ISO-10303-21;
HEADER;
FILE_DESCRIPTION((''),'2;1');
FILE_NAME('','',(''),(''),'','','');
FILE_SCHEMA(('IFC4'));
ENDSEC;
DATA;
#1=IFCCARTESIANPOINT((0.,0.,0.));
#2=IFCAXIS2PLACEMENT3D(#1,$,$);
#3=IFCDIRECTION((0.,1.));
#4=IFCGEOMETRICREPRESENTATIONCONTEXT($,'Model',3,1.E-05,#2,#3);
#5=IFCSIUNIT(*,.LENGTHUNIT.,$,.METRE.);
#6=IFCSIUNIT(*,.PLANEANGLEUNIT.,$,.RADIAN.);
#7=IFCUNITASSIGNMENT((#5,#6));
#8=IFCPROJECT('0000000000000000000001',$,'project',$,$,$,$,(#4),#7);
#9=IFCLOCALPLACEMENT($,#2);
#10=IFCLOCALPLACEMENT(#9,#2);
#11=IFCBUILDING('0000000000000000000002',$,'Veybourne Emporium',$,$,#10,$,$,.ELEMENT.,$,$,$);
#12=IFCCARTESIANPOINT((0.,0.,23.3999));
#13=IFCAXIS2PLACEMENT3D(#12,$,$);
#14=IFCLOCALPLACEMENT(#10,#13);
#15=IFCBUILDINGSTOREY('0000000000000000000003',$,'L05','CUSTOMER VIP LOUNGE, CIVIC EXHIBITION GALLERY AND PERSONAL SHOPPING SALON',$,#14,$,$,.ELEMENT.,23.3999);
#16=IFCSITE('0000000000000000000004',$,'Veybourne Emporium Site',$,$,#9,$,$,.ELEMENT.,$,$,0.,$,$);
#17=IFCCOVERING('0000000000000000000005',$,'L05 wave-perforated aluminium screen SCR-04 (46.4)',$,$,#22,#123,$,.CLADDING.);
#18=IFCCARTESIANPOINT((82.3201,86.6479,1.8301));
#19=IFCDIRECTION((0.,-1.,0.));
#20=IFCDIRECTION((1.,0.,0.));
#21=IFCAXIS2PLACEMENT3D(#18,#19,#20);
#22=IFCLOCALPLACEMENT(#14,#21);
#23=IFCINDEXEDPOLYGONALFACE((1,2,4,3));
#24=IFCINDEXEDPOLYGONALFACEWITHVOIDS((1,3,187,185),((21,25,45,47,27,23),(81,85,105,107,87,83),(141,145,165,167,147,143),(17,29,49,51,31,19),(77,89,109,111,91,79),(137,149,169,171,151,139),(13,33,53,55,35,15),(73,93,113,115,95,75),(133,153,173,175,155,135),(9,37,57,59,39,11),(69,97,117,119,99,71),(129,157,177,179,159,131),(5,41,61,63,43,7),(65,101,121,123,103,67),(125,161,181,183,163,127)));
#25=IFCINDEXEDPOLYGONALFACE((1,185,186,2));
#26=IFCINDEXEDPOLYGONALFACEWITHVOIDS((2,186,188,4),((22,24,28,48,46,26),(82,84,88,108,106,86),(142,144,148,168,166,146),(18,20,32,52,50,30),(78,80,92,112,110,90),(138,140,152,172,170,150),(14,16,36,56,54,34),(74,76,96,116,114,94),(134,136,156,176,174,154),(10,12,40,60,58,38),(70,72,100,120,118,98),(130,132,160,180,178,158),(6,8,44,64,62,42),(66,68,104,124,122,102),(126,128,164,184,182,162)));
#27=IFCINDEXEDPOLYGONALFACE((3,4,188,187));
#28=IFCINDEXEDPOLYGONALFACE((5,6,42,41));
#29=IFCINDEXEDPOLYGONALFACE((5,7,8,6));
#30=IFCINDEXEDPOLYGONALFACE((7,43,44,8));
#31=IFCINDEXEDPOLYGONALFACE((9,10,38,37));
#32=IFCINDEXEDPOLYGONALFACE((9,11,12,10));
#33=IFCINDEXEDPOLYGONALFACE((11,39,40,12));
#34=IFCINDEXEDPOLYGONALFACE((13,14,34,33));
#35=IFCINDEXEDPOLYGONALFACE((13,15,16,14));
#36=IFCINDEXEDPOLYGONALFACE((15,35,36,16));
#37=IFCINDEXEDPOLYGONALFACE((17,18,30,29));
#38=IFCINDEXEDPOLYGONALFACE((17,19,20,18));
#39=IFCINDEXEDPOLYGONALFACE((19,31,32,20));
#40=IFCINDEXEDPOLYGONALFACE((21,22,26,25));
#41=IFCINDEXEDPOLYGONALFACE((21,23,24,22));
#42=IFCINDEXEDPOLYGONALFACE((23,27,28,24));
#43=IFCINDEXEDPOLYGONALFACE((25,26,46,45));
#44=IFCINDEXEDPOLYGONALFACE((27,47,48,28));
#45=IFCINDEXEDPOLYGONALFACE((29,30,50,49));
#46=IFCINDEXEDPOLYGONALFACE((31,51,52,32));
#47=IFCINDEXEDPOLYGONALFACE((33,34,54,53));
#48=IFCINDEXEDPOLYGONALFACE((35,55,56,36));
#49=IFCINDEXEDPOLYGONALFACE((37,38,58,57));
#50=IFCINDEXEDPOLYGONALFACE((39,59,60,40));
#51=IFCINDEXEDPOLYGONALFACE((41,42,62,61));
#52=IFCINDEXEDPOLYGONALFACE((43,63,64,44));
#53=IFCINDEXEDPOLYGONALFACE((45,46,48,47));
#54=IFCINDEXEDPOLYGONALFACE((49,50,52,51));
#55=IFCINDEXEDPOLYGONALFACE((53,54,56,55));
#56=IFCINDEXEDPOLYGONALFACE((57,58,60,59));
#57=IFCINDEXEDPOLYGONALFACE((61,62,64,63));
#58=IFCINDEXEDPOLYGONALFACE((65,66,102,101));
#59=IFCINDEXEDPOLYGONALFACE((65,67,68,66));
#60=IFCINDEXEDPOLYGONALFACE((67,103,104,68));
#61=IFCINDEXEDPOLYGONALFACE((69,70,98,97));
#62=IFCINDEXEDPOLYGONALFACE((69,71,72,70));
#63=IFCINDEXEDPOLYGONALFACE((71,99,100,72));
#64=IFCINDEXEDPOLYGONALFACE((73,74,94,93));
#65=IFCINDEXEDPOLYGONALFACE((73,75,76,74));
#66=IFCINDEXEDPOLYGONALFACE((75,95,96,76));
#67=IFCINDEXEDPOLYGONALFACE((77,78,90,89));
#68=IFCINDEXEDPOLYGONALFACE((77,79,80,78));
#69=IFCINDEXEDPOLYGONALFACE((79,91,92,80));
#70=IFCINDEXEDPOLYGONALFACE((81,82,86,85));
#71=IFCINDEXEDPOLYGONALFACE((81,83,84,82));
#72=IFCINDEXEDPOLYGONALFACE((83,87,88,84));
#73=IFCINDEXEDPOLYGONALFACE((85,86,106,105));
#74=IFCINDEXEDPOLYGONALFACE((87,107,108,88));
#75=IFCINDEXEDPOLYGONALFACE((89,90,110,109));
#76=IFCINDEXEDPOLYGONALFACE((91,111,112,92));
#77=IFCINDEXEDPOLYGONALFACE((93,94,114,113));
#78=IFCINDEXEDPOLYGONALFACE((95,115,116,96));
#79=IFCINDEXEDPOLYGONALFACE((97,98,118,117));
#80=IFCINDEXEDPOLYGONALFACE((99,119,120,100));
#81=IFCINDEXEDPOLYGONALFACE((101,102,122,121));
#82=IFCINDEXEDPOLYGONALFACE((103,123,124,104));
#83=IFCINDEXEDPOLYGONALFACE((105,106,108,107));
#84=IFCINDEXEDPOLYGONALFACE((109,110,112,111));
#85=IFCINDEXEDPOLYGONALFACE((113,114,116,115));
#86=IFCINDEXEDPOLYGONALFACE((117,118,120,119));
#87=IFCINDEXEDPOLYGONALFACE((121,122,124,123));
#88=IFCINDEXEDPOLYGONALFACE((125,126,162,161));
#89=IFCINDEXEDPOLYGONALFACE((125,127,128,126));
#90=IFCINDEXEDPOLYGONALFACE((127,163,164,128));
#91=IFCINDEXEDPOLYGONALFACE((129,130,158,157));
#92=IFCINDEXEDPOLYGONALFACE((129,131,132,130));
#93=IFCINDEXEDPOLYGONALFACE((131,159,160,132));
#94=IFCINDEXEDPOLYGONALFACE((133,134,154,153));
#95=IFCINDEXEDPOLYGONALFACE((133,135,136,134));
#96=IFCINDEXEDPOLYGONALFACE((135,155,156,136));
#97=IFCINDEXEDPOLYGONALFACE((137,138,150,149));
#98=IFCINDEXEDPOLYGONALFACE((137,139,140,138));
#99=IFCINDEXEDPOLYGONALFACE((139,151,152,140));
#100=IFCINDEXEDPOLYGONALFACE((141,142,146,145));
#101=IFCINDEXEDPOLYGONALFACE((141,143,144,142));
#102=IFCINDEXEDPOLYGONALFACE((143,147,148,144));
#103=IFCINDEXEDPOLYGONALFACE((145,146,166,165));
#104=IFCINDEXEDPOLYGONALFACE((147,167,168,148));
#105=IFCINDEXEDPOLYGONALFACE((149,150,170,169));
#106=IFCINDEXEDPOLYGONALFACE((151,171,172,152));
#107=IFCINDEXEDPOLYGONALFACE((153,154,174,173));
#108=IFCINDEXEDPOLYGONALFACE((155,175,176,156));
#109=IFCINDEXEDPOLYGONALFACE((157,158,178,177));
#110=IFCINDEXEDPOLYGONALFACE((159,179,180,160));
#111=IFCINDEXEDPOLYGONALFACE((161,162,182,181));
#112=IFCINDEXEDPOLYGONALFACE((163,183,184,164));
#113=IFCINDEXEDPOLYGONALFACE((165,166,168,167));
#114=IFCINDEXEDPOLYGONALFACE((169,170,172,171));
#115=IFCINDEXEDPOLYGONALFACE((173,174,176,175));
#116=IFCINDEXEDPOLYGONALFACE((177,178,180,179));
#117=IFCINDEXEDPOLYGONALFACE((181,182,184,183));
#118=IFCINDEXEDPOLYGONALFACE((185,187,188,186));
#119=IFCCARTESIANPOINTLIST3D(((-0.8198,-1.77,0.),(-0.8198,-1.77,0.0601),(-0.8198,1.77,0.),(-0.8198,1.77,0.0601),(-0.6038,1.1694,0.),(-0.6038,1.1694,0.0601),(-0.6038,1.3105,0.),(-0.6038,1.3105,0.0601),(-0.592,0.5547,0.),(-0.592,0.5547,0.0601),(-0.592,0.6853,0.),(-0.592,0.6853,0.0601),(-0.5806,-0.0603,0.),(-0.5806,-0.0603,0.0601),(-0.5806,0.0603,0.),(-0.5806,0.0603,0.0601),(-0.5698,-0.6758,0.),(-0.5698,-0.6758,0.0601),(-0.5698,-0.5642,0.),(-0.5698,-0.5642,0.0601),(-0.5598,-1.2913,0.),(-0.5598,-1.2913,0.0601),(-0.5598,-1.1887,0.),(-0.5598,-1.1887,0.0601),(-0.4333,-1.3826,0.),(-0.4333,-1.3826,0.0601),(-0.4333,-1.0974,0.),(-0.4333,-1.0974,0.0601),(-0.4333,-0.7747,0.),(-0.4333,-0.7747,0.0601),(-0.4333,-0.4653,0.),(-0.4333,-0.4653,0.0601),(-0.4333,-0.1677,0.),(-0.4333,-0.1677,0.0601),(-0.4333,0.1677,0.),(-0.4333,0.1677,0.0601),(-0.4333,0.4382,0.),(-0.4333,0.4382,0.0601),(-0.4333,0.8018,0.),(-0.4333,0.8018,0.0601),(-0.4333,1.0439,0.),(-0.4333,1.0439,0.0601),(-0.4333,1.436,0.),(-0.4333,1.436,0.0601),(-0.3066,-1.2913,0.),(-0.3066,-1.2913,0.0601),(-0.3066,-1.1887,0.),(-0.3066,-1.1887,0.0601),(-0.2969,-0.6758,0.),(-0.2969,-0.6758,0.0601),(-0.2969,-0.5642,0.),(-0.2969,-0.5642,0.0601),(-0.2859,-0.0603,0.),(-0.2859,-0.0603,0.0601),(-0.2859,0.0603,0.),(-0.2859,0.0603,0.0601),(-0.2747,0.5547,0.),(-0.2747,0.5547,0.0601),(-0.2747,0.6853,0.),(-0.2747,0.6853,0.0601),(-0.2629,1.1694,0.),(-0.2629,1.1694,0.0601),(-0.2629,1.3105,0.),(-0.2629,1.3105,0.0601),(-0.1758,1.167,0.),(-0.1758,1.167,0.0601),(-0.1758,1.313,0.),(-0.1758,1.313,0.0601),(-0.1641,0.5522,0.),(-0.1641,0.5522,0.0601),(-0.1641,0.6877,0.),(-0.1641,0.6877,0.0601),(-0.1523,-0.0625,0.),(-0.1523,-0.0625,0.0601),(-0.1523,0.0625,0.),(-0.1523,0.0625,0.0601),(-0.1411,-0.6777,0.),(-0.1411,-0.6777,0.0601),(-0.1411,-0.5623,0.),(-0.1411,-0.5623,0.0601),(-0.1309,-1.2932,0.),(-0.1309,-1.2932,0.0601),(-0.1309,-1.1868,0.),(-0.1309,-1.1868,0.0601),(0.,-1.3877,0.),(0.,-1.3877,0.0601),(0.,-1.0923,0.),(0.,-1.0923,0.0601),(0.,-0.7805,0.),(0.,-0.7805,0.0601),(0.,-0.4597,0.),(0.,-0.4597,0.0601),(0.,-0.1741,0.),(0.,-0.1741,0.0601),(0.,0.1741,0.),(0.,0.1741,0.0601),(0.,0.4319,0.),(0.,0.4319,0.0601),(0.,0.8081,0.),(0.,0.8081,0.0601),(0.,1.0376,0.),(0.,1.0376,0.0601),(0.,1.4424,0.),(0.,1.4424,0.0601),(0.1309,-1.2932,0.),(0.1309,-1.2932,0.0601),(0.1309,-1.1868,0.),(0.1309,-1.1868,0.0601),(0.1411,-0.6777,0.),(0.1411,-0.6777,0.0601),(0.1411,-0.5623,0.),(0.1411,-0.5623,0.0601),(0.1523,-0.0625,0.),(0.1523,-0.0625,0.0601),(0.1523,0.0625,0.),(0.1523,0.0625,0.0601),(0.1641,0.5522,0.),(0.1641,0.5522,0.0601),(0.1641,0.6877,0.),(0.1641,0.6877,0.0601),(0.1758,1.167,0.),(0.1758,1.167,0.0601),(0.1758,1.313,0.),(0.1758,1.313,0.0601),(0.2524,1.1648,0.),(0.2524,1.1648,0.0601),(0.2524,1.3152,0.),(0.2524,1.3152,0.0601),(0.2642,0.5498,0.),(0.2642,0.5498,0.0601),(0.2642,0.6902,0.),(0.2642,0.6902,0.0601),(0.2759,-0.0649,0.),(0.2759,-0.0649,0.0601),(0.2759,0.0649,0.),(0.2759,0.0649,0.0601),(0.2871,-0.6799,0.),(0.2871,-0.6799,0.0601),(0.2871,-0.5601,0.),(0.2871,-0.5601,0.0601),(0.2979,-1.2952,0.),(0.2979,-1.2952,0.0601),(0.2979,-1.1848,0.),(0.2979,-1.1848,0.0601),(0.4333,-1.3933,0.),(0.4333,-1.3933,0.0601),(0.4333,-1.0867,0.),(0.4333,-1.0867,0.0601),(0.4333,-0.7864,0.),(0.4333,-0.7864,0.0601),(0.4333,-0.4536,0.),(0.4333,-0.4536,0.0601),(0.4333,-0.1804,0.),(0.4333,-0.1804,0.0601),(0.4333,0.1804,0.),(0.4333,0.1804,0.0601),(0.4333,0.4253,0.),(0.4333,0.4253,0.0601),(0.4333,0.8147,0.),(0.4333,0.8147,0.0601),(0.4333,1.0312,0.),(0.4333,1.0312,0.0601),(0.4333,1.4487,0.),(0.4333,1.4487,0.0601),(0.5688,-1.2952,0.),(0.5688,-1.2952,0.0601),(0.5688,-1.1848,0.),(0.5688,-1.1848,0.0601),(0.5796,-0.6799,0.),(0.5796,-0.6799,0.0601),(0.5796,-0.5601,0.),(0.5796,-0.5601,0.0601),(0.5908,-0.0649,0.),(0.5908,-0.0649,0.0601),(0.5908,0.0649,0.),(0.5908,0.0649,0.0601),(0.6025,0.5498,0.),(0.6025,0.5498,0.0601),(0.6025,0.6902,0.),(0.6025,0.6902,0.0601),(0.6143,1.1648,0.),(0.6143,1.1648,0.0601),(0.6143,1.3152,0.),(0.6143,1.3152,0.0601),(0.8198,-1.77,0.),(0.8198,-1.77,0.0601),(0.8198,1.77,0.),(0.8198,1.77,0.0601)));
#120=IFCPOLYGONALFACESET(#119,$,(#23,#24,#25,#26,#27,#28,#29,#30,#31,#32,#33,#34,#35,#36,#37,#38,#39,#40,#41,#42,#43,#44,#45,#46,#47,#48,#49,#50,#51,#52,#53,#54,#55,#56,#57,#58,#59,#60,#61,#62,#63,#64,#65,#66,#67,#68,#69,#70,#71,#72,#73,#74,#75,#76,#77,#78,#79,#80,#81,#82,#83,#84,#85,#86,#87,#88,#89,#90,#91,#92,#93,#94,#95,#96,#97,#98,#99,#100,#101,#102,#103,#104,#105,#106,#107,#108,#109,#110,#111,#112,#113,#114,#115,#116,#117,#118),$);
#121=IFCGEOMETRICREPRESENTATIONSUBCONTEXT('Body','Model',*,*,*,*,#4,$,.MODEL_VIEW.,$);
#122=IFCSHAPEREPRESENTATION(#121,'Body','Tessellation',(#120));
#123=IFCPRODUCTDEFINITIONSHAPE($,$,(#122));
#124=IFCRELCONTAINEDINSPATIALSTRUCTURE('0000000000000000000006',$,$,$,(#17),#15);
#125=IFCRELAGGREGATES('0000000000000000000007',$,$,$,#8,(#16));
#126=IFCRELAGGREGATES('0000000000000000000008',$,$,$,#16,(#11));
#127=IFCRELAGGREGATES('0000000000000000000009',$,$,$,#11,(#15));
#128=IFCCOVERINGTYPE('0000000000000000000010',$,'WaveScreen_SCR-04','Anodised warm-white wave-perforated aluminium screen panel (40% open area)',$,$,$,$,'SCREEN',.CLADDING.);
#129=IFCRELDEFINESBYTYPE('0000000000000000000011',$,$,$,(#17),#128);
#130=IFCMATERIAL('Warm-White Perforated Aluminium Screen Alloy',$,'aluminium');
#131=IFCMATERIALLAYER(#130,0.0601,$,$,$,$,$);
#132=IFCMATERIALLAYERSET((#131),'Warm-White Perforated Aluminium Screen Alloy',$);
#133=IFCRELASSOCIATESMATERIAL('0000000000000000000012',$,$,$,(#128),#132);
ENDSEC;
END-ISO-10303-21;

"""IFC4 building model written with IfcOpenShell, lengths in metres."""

from ifc_helpers import new_model, si_unit, direction, frame, origin, place, context, subcontext, project, spatial, polyline, outline, extrude, material, layer, layer_set, type_object, element, save


model = new_model("IFC4")

# Units and contexts
model_context = context("Model", 3, precision=1e-05, world=origin(), true_north=direction((0.0, 1.0)))
body_context = subcontext(model_context, "Body", "Model", "MODEL_VIEW")
ifc_project = project(units=[si_unit("LENGTHUNIT", "METRE"), si_unit("PLANEANGLEUNIT", "RADIAN")], contexts=[model_context])

# Site, building, storey
site_placement = place(None, origin())
site = spatial("IfcSite", under=ifc_project, at=site_placement, Name="Veybourne Emporium Site", CompositionType="ELEMENT", RefElevation=0.0)
building_placement = place(site_placement, origin())
building = spatial("IfcBuilding", under=site, at=building_placement, Name="Veybourne Emporium", CompositionType="ELEMENT")
storey_placement = place(building_placement, frame((0.0, 0.0, 23.3999)))
storey = spatial("IfcBuildingStorey", under=building, at=storey_placement, Name="L05", Description="CUSTOMER VIP LOUNGE, CIVIC EXHIBITION GALLERY AND PERSONAL SHOPPING SALON", CompositionType="ELEMENT", Elevation=23.3999)

# Covering
ifc_material_1 = material(Name="Warm-White Perforated Aluminium Screen Alloy", Category="aluminium")
ifc_layer_1 = layer(ifc_material_1, 0.0601)
ifc_layer_set_1 = layer_set([ifc_layer_1], Name="Warm-White Perforated Aluminium Screen Alloy")
covering_type_1 = type_object("IfcCoveringType", Name="WaveScreen_SCR-04", Description="Anodised warm-white wave-perforated aluminium screen panel (40% open area)", ElementType="SCREEN", PredefinedType="CLADDING", material=ifc_layer_set_1)
covering_1_placement = place(storey_placement, frame((82.3201, 86.6479, 1.8301), z_axis=(0.0, -1.0, 0.0), x_axis=(1.0, 0.0, 0.0)))
element("IfcCovering", 1, at=covering_1_placement, inside=storey, type_object=covering_type_1, Name="L05 wave-perforated aluminium screen SCR-04 (46.4)", PredefinedType="CLADDING", context=body_context, shape_type="SweptSolid", body=[
    extrude(outline(polyline([(-0.8198, -1.77), (0.8198, -1.77), (0.8198, 1.77), (-0.8198, 1.77), (-0.8198, -1.77)]), holes=[polyline([(-0.4333, -1.0974), (-0.3066, -1.1887), (-0.3066, -1.2913), (-0.4333, -1.3826), (-0.5598, -1.2913), (-0.5598, -1.1887), (-0.4333, -1.0974)]), polyline([(-0.4333, -0.4653), (-0.2969, -0.5642), (-0.2969, -0.6758), (-0.4333, -0.7747), (-0.5698, -0.6758), (-0.5698, -0.5642), (-0.4333, -0.4653)]), polyline([(-0.4333, 0.1677), (-0.2859, 0.0603), (-0.2859, -0.0603), (-0.4333, -0.1677), (-0.5806, -0.0603), (-0.5806, 0.0603), (-0.4333, 0.1677)]), polyline([(-0.4333, 0.8018), (-0.2747, 0.6853), (-0.2747, 0.5547), (-0.4333, 0.4382), (-0.592, 0.5547), (-0.592, 0.6853), (-0.4333, 0.8018)]), polyline([(-0.4333, 1.436), (-0.2629, 1.3105), (-0.2629, 1.1694), (-0.4333, 1.0439), (-0.6038, 1.1694), (-0.6038, 1.3105), (-0.4333, 1.436)]), polyline([(0.0, -1.0923), (0.1309, -1.1868), (0.1309, -1.2932), (0.0, -1.3877), (-0.1309, -1.2932), (-0.1309, -1.1868), (0.0, -1.0923)]), polyline([(0.0, -0.4597), (0.1411, -0.5623), (0.1411, -0.6777), (0.0, -0.7805), (-0.1411, -0.6777), (-0.1411, -0.5623), (0.0, -0.4597)]), polyline([(0.0, 0.1741), (0.1523, 0.0625), (0.1523, -0.0625), (0.0, -0.1741), (-0.1523, -0.0625), (-0.1523, 0.0625), (0.0, 0.1741)]), polyline([(0.0, 0.8081), (0.1641, 0.6877), (0.1641, 0.5522), (0.0, 0.4319), (-0.1641, 0.5522), (-0.1641, 0.6877), (0.0, 0.8081)]), polyline([(0.0, 1.4424), (0.1758, 1.313), (0.1758, 1.167), (0.0, 1.0376), (-0.1758, 1.167), (-0.1758, 1.313), (0.0, 1.4424)]), polyline([(0.4333, -1.0867), (0.5688, -1.1848), (0.5688, -1.2952), (0.4333, -1.3933), (0.2979, -1.2952), (0.2979, -1.1848), (0.4333, -1.0867)]), polyline([(0.4333, -0.4536), (0.5796, -0.5601), (0.5796, -0.6799), (0.4333, -0.7864), (0.2871, -0.6799), (0.2871, -0.5601), (0.4333, -0.4536)]), polyline([(0.4333, 0.1804), (0.5908, 0.0649), (0.5908, -0.0649), (0.4333, -0.1804), (0.2759, -0.0649), (0.2759, 0.0649), (0.4333, 0.1804)]), polyline([(0.4333, 0.8147), (0.6025, 0.6902), (0.6025, 0.5498), (0.4333, 0.4253), (0.2642, 0.5498), (0.2642, 0.6902), (0.4333, 0.8147)]), polyline([(0.4333, 1.4487), (0.6143, 1.3152), (0.6143, 1.1648), (0.4333, 1.0312), (0.2524, 1.1648), (0.2524, 1.3152), (0.4333, 1.4487)])]), origin(), (0.0, 0.0, 1.0), 0.0601),
])

save(model, "model.ifc")
